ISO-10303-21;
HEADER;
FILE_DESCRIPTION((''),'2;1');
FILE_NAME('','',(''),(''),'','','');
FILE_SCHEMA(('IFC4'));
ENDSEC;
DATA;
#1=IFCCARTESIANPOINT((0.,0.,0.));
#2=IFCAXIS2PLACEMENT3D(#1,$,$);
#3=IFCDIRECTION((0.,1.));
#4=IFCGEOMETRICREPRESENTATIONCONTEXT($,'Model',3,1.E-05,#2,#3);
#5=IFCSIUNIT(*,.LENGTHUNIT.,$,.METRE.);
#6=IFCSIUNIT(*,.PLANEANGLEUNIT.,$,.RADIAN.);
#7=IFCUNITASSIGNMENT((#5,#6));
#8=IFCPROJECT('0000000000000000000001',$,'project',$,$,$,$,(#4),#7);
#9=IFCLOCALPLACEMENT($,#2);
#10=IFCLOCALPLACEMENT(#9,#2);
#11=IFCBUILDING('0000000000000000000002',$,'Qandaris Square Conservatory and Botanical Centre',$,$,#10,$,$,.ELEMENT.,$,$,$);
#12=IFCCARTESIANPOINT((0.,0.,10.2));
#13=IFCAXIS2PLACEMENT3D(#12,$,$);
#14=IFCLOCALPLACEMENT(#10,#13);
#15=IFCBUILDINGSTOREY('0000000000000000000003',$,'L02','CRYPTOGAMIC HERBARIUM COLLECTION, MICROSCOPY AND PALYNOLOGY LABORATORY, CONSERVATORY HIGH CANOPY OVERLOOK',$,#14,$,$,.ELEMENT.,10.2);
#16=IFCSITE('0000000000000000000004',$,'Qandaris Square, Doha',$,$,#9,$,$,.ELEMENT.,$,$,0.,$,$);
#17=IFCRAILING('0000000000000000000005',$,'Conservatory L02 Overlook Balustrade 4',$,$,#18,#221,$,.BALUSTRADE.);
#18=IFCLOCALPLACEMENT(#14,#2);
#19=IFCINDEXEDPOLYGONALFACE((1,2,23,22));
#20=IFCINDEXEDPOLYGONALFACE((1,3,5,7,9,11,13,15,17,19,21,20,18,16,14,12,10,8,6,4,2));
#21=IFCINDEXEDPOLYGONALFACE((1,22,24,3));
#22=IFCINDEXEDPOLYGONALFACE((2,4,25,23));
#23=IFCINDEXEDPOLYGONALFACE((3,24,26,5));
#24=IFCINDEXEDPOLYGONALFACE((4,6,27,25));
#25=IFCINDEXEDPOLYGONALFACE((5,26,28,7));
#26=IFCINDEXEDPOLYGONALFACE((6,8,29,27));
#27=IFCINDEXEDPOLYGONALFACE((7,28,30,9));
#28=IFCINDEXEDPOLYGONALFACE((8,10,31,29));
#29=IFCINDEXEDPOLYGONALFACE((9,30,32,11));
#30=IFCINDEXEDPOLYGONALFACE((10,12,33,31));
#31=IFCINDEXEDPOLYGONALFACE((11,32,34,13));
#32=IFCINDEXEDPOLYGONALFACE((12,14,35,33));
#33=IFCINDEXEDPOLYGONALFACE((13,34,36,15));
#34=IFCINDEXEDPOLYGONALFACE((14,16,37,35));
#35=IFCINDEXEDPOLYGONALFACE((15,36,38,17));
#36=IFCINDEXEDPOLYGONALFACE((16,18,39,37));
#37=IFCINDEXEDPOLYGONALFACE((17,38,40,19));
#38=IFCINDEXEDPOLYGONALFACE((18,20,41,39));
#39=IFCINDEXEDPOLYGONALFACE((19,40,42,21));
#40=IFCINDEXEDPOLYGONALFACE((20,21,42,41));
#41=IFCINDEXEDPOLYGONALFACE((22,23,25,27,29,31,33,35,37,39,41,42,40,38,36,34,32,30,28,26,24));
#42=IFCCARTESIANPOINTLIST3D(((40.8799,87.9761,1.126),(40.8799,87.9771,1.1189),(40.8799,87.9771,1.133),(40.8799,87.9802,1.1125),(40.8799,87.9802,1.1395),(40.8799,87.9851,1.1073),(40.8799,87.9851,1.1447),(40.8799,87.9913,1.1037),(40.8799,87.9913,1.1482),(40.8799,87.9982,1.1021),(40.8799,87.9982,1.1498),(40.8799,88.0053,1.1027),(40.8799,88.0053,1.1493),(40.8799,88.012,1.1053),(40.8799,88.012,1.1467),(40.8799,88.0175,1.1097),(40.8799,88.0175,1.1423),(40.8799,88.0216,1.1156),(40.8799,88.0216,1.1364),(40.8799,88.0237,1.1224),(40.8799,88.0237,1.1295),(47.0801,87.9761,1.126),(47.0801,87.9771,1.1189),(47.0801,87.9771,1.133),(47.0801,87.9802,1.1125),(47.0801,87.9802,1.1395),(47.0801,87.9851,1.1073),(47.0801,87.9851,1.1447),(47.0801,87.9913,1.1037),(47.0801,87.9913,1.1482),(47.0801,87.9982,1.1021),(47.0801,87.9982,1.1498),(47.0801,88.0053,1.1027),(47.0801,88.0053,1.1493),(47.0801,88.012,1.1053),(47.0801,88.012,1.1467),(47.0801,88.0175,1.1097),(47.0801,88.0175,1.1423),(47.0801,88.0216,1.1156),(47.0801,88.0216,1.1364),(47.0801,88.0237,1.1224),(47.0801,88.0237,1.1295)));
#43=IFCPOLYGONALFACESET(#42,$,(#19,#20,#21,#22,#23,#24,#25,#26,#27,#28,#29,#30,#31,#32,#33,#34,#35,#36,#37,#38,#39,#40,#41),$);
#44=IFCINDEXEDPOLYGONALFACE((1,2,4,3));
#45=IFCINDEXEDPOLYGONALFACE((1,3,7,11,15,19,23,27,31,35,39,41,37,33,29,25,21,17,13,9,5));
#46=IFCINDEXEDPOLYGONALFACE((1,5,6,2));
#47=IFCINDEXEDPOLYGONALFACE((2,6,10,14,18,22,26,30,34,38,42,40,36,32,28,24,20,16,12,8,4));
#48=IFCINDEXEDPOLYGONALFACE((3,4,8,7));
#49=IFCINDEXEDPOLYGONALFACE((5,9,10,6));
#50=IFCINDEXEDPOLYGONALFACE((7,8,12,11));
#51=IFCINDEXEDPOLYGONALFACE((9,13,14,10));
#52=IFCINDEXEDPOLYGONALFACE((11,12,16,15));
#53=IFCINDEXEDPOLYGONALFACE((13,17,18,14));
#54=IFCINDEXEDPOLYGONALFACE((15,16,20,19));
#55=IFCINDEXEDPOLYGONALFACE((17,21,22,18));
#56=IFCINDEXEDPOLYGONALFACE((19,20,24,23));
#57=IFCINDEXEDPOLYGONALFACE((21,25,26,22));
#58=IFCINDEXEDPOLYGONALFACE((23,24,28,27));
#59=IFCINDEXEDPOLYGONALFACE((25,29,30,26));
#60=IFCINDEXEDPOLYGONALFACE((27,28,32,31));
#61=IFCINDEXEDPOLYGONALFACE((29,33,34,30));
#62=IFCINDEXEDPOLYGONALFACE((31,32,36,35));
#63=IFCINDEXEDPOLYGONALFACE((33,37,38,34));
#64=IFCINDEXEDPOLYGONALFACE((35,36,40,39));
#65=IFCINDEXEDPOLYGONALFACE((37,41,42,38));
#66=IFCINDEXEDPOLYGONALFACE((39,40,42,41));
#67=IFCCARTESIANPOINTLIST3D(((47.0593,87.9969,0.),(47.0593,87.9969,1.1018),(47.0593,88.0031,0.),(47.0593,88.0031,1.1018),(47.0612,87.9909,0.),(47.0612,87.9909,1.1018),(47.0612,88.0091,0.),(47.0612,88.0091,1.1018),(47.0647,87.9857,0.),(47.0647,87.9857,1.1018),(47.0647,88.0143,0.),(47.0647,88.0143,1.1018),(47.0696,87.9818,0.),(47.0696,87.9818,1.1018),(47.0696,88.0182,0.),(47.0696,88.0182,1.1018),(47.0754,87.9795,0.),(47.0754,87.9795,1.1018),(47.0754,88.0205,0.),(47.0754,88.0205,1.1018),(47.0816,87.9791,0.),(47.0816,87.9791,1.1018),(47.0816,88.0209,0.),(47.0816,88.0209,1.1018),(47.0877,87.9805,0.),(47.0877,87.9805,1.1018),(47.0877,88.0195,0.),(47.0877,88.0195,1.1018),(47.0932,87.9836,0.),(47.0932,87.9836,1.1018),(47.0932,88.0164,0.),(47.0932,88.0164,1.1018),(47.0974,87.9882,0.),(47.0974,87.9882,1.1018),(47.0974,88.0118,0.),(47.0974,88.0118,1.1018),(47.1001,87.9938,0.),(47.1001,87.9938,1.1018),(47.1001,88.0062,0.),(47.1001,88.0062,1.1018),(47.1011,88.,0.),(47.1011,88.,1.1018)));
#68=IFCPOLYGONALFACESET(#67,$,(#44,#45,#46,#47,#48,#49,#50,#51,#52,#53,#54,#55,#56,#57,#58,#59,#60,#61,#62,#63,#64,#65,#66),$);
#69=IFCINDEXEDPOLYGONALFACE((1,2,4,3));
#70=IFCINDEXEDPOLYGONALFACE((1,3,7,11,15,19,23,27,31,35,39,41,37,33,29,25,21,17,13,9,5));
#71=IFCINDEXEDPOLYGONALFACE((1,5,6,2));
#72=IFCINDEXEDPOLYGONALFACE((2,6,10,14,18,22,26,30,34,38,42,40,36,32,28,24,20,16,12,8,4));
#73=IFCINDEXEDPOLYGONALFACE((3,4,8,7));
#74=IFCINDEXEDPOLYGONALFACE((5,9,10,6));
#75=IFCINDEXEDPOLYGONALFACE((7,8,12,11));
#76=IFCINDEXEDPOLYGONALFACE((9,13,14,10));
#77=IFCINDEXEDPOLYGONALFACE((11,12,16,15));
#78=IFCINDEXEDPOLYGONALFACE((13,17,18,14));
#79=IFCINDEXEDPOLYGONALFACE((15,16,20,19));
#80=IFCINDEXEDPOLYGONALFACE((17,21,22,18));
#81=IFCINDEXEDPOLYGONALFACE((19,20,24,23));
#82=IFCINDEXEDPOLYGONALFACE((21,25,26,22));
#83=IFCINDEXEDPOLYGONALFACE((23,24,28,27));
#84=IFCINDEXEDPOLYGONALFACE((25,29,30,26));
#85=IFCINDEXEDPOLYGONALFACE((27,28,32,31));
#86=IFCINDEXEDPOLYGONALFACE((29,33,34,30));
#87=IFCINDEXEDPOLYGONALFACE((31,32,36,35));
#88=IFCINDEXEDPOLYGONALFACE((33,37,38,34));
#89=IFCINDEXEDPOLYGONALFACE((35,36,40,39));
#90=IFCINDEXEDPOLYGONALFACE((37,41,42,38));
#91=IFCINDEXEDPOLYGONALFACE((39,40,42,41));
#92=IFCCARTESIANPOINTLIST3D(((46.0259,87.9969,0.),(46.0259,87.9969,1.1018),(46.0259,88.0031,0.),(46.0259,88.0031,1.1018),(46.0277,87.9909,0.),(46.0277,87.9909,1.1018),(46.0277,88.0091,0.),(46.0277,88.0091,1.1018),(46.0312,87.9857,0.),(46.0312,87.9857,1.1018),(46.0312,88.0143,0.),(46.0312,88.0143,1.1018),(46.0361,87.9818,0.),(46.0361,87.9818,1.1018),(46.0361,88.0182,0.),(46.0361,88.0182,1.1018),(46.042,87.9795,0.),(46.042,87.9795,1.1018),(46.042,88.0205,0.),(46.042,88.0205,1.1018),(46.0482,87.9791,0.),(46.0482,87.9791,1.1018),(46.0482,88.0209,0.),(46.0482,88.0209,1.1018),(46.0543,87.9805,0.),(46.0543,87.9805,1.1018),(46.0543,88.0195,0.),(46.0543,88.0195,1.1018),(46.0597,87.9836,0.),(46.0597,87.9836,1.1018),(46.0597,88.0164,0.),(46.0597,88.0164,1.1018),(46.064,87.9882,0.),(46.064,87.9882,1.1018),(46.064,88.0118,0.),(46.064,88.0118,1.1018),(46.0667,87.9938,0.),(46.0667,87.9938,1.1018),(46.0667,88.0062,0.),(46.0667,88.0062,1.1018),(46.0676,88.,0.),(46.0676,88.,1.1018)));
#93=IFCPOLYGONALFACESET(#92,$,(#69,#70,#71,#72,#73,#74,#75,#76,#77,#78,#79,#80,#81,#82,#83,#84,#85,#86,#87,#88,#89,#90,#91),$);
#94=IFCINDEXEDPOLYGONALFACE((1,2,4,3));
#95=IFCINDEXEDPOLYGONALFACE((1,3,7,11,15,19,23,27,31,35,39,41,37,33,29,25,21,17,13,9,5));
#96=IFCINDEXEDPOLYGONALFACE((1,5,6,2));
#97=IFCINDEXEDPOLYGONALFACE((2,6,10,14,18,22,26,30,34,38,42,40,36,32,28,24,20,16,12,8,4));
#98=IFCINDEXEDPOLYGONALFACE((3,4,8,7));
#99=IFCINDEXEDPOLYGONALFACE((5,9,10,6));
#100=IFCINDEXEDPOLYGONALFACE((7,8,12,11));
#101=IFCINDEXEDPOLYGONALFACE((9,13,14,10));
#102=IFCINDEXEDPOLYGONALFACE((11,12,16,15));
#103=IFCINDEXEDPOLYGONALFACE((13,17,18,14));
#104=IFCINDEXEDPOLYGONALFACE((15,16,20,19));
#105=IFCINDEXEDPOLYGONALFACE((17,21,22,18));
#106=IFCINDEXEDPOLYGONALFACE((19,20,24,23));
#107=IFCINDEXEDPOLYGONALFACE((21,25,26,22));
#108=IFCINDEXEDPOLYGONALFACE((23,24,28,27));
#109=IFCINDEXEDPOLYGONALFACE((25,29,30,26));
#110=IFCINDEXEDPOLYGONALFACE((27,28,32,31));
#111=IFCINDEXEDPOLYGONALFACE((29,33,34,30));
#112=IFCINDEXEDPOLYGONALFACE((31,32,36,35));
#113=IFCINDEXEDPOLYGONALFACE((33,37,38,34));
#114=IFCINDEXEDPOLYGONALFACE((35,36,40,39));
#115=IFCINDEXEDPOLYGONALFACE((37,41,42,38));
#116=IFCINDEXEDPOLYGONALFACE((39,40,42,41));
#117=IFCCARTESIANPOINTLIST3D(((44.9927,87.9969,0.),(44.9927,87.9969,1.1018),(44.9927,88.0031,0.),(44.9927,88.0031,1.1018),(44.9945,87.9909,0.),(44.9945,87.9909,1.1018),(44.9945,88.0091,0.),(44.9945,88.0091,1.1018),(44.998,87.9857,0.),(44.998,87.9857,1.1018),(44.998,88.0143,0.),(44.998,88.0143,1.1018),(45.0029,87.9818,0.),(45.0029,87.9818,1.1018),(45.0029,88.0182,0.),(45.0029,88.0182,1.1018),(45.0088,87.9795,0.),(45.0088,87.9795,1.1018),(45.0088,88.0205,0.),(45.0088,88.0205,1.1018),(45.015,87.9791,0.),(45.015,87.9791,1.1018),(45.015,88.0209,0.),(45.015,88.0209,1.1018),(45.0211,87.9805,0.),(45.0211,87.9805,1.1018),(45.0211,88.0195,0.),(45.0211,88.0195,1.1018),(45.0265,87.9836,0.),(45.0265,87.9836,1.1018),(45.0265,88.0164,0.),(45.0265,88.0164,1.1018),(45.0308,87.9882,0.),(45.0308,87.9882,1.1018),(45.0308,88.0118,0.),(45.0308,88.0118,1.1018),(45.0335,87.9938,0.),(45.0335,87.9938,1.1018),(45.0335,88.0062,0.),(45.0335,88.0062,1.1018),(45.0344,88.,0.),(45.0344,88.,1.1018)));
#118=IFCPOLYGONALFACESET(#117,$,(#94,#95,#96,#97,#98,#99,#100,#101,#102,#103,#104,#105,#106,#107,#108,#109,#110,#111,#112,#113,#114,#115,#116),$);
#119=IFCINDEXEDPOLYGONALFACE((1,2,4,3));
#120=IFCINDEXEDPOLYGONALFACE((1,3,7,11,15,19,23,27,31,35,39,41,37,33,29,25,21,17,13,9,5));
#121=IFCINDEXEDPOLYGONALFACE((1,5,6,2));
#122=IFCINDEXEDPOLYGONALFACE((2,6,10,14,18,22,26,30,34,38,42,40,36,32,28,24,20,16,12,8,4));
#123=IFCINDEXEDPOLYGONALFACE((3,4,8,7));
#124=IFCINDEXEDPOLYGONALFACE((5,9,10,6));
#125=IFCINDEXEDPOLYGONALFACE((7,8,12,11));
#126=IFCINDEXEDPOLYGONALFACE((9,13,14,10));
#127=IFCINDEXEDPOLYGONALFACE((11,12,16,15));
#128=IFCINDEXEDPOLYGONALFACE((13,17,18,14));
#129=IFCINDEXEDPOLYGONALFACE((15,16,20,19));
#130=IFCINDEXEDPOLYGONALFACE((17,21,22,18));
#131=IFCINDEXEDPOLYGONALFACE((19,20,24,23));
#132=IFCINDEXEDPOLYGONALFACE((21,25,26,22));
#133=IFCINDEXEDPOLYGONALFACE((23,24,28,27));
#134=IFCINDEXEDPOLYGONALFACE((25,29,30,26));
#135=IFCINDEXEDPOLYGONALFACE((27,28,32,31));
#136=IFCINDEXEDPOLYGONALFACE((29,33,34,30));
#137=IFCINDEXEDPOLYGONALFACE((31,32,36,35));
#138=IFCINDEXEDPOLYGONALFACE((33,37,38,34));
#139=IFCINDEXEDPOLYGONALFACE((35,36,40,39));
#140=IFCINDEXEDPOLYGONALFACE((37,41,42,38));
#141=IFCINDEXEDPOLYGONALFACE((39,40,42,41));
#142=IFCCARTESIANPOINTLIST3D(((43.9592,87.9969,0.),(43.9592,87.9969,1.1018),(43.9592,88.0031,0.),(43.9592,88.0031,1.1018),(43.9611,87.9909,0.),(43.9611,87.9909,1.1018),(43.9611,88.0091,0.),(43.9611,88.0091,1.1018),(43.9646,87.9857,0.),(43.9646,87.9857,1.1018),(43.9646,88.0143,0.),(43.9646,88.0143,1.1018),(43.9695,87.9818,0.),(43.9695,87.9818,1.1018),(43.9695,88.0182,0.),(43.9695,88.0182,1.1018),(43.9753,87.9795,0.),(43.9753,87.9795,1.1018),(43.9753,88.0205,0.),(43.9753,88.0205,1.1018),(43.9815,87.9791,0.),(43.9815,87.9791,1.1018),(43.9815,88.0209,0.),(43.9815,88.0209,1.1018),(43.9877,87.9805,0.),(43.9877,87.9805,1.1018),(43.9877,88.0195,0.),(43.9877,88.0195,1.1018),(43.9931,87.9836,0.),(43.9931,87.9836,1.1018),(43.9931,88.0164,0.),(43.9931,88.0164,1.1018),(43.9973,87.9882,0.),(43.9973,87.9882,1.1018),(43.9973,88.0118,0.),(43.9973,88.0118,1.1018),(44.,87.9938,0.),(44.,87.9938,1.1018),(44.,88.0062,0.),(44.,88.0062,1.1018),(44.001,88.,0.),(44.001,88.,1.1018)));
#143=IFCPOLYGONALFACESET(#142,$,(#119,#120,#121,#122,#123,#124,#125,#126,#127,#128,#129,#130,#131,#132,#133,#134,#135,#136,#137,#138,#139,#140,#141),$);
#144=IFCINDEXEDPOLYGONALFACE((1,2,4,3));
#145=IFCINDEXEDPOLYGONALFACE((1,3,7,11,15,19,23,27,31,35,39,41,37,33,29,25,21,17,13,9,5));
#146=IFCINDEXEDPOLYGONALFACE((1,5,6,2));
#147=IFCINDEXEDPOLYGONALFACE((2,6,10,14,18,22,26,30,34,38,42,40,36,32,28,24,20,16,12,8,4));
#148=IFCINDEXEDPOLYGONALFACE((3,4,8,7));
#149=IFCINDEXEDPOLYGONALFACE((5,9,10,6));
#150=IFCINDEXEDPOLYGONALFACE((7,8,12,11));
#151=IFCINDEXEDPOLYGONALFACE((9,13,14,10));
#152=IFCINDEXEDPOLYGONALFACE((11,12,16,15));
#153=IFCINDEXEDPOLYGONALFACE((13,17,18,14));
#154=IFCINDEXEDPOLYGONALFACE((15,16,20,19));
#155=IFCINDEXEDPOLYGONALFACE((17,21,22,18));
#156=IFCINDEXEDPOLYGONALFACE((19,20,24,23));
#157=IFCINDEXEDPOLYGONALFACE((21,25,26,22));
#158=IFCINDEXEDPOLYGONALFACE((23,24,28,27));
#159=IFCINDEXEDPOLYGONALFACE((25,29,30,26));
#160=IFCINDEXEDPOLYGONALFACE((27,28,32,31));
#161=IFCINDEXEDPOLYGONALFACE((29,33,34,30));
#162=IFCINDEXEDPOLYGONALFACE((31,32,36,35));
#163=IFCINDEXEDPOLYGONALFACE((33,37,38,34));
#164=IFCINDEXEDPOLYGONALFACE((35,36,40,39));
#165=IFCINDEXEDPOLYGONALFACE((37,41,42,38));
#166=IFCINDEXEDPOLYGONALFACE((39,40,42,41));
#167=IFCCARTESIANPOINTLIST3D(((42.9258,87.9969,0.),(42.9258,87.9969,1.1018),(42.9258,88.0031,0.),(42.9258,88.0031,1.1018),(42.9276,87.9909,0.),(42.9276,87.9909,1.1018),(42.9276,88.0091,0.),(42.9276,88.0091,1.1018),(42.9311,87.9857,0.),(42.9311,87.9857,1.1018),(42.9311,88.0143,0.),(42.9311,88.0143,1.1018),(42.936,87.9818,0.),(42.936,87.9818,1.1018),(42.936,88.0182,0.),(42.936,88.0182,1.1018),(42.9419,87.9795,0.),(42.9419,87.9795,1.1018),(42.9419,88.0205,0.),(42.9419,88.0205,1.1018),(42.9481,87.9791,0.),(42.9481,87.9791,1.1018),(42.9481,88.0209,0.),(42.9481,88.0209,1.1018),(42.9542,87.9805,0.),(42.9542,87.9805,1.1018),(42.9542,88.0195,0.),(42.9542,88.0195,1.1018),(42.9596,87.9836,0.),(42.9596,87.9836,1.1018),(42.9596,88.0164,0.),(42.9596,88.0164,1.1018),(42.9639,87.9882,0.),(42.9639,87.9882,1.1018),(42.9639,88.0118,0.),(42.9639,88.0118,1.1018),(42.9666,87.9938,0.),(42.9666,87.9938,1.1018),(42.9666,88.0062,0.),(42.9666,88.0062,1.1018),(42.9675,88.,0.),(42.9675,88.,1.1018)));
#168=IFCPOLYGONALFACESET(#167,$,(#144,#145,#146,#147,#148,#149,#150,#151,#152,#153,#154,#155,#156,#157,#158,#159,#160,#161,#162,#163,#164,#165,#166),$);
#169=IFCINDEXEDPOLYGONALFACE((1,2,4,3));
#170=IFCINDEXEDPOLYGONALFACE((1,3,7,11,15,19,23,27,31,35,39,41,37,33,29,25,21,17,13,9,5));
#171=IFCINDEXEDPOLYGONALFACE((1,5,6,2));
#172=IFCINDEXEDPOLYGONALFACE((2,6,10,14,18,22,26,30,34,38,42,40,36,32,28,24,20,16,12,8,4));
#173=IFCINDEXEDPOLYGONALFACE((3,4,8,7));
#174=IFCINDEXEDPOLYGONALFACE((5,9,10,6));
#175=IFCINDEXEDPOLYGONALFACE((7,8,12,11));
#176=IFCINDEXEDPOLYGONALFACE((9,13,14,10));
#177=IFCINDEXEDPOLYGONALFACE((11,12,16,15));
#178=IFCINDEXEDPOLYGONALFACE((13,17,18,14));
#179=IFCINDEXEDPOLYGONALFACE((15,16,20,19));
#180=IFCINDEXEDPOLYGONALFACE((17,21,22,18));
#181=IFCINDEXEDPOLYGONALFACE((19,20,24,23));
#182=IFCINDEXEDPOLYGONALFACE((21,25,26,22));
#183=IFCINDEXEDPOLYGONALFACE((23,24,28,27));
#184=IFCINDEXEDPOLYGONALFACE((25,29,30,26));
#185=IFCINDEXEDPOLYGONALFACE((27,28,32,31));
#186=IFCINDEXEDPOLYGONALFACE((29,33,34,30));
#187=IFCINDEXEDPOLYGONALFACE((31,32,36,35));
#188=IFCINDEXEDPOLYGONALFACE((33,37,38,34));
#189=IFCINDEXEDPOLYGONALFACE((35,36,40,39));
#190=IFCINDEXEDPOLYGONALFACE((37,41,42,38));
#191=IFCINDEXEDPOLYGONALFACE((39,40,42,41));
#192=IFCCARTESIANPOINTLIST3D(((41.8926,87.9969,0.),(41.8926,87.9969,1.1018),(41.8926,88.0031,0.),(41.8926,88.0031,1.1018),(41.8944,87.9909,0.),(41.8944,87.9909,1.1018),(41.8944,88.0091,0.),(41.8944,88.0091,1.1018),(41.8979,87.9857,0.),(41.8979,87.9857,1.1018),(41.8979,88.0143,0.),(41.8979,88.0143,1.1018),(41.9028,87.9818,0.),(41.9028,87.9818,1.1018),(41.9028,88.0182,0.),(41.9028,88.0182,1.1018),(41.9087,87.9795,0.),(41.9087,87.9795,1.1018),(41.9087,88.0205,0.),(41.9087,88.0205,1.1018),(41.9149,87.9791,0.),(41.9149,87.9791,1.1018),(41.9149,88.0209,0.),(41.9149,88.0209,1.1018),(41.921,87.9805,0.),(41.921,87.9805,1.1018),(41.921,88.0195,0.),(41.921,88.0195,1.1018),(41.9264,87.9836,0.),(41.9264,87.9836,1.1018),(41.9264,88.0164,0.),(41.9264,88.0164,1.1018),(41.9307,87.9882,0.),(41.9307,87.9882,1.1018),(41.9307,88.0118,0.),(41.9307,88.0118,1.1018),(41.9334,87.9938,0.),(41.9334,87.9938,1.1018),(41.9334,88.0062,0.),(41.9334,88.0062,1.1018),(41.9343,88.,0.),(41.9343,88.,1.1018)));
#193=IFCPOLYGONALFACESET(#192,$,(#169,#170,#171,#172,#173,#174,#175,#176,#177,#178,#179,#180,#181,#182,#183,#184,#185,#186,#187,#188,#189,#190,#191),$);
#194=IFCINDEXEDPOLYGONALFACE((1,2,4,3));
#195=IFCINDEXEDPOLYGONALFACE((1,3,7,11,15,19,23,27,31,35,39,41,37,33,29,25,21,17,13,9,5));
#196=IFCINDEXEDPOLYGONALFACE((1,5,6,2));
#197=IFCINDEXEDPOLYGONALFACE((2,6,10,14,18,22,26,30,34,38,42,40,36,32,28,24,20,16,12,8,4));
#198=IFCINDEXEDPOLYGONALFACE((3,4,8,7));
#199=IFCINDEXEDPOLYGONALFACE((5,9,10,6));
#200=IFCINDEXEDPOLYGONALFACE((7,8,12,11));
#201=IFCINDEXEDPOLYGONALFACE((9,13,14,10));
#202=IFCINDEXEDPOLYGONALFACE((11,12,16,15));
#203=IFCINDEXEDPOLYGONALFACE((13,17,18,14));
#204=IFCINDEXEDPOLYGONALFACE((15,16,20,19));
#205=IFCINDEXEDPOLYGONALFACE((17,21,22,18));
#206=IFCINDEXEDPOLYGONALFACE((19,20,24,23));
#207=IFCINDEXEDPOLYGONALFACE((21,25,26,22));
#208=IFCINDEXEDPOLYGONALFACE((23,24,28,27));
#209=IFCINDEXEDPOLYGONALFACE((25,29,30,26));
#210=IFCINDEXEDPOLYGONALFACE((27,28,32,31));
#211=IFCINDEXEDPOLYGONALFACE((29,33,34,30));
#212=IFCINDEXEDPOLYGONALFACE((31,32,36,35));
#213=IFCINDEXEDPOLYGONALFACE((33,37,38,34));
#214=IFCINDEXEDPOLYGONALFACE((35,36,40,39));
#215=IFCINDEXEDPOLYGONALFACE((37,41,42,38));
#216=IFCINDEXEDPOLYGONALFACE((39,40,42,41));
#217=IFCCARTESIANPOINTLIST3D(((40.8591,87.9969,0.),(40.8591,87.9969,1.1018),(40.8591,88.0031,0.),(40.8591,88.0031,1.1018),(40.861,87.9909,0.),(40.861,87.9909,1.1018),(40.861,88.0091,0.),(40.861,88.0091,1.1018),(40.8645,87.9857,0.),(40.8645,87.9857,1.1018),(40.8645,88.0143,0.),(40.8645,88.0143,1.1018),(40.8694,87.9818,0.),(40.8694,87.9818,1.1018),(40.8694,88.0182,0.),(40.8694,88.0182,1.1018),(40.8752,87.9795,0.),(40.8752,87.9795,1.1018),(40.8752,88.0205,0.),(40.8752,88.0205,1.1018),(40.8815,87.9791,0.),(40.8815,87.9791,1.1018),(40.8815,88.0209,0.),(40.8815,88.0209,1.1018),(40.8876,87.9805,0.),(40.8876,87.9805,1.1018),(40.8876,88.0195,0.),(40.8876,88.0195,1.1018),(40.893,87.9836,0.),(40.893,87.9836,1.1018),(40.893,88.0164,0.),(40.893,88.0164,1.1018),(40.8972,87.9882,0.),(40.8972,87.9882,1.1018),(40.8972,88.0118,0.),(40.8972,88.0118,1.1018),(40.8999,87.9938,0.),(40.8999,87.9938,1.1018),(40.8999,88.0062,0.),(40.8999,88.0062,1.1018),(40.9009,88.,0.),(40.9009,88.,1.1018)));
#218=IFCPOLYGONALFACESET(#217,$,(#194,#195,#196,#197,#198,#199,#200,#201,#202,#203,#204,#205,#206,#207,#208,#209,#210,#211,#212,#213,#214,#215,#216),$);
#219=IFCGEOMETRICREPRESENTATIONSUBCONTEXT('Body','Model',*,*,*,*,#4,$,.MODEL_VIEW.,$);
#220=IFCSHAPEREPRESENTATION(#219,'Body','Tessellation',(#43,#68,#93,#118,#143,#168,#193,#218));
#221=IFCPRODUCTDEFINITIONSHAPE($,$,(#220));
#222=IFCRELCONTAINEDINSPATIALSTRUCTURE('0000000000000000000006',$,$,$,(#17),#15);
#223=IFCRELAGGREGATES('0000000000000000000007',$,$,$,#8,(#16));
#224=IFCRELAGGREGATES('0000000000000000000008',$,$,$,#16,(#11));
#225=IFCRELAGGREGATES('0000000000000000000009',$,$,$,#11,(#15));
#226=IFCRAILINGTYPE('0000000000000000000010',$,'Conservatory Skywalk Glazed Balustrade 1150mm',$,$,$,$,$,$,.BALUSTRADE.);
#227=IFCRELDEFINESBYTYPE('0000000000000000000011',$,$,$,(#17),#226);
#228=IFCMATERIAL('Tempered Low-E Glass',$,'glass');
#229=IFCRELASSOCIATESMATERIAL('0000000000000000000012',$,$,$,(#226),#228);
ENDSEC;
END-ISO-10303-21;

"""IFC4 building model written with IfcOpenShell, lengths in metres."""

from ifc_helpers import new_model, si_unit, direction, frame, origin, origin_2d, place, context, subcontext, project, spatial, circle, extrude, material, type_object, element, save


model = new_model("IFC4")

# Units and contexts
model_context = context("Model", 3, precision=1e-05, world=origin(), true_north=direction((0.0, 1.0)))
body_context = subcontext(model_context, "Body", "Model", "MODEL_VIEW")
ifc_project = project(units=[si_unit("LENGTHUNIT", "METRE"), si_unit("PLANEANGLEUNIT", "RADIAN")], contexts=[model_context])

# Site, building, storey
site_placement = place(None, origin())
site = spatial("IfcSite", under=ifc_project, at=site_placement, Name="Qandaris Square, Doha", CompositionType="ELEMENT", RefElevation=0.0)
building_placement = place(site_placement, origin())
building = spatial("IfcBuilding", under=site, at=building_placement, Name="Qandaris Square Conservatory and Botanical Centre", CompositionType="ELEMENT")
storey_placement = place(building_placement, frame((0.0, 0.0, 10.2)))
storey = spatial("IfcBuildingStorey", under=building, at=storey_placement, Name="L02", Description="CRYPTOGAMIC HERBARIUM COLLECTION, MICROSCOPY AND PALYNOLOGY LABORATORY, CONSERVATORY HIGH CANOPY OVERLOOK", CompositionType="ELEMENT", Elevation=10.2)

# Shared definitions
ifc_material_1 = material(Name="Tempered Low-E Glass", Category="glass")

# Railing
railing_type = type_object("IfcRailingType", Name="Conservatory Skywalk Glazed Balustrade 1150mm", PredefinedType="BALUSTRADE", material=ifc_material_1)
railing_1_placement = place(storey_placement, frame((47.0801, 88.0, 0.0)))
element("IfcRailing", 1, at=railing_1_placement, inside=storey, type_object=railing_type, Name="Conservatory L02 Overlook Balustrade 4", PredefinedType="BALUSTRADE", context=body_context, shape_type="SweptSolid", body=[
    extrude(circle(Radius=0.0239, at=origin_2d()), frame((0.0, 0.0, 1.126), z_axis=(-1.0, 0.0, 0.0), x_axis=(0.0, -1.0, 0.0)), (0.0, 0.0, 1.0), 6.2002),
    extrude(circle(Radius=0.021, at=origin_2d()), origin(), (0.0, 0.0, 1.0), 1.1018),
    extrude(circle(Radius=0.021, at=origin_2d()), frame((-1.0334, 0.0, 0.0)), (0.0, 0.0, 1.0), 1.1018),
    extrude(circle(Radius=0.021, at=origin_2d()), frame((-2.0667, 0.0, 0.0)), (0.0, 0.0, 1.0), 1.1018),
    extrude(circle(Radius=0.021, at=origin_2d()), frame((-3.1001, 0.0, 0.0)), (0.0, 0.0, 1.0), 1.1018),
    extrude(circle(Radius=0.021, at=origin_2d()), frame((-4.1335, 0.0, 0.0)), (0.0, 0.0, 1.0), 1.1018),
    extrude(circle(Radius=0.021, at=origin_2d()), frame((-5.1667, 0.0, 0.0)), (0.0, 0.0, 1.0), 1.1018),
    extrude(circle(Radius=0.021, at=origin_2d()), frame((-6.2002, 0.0, 0.0)), (0.0, 0.0, 1.0), 1.1018),
])

save(model, "model.ifc")
